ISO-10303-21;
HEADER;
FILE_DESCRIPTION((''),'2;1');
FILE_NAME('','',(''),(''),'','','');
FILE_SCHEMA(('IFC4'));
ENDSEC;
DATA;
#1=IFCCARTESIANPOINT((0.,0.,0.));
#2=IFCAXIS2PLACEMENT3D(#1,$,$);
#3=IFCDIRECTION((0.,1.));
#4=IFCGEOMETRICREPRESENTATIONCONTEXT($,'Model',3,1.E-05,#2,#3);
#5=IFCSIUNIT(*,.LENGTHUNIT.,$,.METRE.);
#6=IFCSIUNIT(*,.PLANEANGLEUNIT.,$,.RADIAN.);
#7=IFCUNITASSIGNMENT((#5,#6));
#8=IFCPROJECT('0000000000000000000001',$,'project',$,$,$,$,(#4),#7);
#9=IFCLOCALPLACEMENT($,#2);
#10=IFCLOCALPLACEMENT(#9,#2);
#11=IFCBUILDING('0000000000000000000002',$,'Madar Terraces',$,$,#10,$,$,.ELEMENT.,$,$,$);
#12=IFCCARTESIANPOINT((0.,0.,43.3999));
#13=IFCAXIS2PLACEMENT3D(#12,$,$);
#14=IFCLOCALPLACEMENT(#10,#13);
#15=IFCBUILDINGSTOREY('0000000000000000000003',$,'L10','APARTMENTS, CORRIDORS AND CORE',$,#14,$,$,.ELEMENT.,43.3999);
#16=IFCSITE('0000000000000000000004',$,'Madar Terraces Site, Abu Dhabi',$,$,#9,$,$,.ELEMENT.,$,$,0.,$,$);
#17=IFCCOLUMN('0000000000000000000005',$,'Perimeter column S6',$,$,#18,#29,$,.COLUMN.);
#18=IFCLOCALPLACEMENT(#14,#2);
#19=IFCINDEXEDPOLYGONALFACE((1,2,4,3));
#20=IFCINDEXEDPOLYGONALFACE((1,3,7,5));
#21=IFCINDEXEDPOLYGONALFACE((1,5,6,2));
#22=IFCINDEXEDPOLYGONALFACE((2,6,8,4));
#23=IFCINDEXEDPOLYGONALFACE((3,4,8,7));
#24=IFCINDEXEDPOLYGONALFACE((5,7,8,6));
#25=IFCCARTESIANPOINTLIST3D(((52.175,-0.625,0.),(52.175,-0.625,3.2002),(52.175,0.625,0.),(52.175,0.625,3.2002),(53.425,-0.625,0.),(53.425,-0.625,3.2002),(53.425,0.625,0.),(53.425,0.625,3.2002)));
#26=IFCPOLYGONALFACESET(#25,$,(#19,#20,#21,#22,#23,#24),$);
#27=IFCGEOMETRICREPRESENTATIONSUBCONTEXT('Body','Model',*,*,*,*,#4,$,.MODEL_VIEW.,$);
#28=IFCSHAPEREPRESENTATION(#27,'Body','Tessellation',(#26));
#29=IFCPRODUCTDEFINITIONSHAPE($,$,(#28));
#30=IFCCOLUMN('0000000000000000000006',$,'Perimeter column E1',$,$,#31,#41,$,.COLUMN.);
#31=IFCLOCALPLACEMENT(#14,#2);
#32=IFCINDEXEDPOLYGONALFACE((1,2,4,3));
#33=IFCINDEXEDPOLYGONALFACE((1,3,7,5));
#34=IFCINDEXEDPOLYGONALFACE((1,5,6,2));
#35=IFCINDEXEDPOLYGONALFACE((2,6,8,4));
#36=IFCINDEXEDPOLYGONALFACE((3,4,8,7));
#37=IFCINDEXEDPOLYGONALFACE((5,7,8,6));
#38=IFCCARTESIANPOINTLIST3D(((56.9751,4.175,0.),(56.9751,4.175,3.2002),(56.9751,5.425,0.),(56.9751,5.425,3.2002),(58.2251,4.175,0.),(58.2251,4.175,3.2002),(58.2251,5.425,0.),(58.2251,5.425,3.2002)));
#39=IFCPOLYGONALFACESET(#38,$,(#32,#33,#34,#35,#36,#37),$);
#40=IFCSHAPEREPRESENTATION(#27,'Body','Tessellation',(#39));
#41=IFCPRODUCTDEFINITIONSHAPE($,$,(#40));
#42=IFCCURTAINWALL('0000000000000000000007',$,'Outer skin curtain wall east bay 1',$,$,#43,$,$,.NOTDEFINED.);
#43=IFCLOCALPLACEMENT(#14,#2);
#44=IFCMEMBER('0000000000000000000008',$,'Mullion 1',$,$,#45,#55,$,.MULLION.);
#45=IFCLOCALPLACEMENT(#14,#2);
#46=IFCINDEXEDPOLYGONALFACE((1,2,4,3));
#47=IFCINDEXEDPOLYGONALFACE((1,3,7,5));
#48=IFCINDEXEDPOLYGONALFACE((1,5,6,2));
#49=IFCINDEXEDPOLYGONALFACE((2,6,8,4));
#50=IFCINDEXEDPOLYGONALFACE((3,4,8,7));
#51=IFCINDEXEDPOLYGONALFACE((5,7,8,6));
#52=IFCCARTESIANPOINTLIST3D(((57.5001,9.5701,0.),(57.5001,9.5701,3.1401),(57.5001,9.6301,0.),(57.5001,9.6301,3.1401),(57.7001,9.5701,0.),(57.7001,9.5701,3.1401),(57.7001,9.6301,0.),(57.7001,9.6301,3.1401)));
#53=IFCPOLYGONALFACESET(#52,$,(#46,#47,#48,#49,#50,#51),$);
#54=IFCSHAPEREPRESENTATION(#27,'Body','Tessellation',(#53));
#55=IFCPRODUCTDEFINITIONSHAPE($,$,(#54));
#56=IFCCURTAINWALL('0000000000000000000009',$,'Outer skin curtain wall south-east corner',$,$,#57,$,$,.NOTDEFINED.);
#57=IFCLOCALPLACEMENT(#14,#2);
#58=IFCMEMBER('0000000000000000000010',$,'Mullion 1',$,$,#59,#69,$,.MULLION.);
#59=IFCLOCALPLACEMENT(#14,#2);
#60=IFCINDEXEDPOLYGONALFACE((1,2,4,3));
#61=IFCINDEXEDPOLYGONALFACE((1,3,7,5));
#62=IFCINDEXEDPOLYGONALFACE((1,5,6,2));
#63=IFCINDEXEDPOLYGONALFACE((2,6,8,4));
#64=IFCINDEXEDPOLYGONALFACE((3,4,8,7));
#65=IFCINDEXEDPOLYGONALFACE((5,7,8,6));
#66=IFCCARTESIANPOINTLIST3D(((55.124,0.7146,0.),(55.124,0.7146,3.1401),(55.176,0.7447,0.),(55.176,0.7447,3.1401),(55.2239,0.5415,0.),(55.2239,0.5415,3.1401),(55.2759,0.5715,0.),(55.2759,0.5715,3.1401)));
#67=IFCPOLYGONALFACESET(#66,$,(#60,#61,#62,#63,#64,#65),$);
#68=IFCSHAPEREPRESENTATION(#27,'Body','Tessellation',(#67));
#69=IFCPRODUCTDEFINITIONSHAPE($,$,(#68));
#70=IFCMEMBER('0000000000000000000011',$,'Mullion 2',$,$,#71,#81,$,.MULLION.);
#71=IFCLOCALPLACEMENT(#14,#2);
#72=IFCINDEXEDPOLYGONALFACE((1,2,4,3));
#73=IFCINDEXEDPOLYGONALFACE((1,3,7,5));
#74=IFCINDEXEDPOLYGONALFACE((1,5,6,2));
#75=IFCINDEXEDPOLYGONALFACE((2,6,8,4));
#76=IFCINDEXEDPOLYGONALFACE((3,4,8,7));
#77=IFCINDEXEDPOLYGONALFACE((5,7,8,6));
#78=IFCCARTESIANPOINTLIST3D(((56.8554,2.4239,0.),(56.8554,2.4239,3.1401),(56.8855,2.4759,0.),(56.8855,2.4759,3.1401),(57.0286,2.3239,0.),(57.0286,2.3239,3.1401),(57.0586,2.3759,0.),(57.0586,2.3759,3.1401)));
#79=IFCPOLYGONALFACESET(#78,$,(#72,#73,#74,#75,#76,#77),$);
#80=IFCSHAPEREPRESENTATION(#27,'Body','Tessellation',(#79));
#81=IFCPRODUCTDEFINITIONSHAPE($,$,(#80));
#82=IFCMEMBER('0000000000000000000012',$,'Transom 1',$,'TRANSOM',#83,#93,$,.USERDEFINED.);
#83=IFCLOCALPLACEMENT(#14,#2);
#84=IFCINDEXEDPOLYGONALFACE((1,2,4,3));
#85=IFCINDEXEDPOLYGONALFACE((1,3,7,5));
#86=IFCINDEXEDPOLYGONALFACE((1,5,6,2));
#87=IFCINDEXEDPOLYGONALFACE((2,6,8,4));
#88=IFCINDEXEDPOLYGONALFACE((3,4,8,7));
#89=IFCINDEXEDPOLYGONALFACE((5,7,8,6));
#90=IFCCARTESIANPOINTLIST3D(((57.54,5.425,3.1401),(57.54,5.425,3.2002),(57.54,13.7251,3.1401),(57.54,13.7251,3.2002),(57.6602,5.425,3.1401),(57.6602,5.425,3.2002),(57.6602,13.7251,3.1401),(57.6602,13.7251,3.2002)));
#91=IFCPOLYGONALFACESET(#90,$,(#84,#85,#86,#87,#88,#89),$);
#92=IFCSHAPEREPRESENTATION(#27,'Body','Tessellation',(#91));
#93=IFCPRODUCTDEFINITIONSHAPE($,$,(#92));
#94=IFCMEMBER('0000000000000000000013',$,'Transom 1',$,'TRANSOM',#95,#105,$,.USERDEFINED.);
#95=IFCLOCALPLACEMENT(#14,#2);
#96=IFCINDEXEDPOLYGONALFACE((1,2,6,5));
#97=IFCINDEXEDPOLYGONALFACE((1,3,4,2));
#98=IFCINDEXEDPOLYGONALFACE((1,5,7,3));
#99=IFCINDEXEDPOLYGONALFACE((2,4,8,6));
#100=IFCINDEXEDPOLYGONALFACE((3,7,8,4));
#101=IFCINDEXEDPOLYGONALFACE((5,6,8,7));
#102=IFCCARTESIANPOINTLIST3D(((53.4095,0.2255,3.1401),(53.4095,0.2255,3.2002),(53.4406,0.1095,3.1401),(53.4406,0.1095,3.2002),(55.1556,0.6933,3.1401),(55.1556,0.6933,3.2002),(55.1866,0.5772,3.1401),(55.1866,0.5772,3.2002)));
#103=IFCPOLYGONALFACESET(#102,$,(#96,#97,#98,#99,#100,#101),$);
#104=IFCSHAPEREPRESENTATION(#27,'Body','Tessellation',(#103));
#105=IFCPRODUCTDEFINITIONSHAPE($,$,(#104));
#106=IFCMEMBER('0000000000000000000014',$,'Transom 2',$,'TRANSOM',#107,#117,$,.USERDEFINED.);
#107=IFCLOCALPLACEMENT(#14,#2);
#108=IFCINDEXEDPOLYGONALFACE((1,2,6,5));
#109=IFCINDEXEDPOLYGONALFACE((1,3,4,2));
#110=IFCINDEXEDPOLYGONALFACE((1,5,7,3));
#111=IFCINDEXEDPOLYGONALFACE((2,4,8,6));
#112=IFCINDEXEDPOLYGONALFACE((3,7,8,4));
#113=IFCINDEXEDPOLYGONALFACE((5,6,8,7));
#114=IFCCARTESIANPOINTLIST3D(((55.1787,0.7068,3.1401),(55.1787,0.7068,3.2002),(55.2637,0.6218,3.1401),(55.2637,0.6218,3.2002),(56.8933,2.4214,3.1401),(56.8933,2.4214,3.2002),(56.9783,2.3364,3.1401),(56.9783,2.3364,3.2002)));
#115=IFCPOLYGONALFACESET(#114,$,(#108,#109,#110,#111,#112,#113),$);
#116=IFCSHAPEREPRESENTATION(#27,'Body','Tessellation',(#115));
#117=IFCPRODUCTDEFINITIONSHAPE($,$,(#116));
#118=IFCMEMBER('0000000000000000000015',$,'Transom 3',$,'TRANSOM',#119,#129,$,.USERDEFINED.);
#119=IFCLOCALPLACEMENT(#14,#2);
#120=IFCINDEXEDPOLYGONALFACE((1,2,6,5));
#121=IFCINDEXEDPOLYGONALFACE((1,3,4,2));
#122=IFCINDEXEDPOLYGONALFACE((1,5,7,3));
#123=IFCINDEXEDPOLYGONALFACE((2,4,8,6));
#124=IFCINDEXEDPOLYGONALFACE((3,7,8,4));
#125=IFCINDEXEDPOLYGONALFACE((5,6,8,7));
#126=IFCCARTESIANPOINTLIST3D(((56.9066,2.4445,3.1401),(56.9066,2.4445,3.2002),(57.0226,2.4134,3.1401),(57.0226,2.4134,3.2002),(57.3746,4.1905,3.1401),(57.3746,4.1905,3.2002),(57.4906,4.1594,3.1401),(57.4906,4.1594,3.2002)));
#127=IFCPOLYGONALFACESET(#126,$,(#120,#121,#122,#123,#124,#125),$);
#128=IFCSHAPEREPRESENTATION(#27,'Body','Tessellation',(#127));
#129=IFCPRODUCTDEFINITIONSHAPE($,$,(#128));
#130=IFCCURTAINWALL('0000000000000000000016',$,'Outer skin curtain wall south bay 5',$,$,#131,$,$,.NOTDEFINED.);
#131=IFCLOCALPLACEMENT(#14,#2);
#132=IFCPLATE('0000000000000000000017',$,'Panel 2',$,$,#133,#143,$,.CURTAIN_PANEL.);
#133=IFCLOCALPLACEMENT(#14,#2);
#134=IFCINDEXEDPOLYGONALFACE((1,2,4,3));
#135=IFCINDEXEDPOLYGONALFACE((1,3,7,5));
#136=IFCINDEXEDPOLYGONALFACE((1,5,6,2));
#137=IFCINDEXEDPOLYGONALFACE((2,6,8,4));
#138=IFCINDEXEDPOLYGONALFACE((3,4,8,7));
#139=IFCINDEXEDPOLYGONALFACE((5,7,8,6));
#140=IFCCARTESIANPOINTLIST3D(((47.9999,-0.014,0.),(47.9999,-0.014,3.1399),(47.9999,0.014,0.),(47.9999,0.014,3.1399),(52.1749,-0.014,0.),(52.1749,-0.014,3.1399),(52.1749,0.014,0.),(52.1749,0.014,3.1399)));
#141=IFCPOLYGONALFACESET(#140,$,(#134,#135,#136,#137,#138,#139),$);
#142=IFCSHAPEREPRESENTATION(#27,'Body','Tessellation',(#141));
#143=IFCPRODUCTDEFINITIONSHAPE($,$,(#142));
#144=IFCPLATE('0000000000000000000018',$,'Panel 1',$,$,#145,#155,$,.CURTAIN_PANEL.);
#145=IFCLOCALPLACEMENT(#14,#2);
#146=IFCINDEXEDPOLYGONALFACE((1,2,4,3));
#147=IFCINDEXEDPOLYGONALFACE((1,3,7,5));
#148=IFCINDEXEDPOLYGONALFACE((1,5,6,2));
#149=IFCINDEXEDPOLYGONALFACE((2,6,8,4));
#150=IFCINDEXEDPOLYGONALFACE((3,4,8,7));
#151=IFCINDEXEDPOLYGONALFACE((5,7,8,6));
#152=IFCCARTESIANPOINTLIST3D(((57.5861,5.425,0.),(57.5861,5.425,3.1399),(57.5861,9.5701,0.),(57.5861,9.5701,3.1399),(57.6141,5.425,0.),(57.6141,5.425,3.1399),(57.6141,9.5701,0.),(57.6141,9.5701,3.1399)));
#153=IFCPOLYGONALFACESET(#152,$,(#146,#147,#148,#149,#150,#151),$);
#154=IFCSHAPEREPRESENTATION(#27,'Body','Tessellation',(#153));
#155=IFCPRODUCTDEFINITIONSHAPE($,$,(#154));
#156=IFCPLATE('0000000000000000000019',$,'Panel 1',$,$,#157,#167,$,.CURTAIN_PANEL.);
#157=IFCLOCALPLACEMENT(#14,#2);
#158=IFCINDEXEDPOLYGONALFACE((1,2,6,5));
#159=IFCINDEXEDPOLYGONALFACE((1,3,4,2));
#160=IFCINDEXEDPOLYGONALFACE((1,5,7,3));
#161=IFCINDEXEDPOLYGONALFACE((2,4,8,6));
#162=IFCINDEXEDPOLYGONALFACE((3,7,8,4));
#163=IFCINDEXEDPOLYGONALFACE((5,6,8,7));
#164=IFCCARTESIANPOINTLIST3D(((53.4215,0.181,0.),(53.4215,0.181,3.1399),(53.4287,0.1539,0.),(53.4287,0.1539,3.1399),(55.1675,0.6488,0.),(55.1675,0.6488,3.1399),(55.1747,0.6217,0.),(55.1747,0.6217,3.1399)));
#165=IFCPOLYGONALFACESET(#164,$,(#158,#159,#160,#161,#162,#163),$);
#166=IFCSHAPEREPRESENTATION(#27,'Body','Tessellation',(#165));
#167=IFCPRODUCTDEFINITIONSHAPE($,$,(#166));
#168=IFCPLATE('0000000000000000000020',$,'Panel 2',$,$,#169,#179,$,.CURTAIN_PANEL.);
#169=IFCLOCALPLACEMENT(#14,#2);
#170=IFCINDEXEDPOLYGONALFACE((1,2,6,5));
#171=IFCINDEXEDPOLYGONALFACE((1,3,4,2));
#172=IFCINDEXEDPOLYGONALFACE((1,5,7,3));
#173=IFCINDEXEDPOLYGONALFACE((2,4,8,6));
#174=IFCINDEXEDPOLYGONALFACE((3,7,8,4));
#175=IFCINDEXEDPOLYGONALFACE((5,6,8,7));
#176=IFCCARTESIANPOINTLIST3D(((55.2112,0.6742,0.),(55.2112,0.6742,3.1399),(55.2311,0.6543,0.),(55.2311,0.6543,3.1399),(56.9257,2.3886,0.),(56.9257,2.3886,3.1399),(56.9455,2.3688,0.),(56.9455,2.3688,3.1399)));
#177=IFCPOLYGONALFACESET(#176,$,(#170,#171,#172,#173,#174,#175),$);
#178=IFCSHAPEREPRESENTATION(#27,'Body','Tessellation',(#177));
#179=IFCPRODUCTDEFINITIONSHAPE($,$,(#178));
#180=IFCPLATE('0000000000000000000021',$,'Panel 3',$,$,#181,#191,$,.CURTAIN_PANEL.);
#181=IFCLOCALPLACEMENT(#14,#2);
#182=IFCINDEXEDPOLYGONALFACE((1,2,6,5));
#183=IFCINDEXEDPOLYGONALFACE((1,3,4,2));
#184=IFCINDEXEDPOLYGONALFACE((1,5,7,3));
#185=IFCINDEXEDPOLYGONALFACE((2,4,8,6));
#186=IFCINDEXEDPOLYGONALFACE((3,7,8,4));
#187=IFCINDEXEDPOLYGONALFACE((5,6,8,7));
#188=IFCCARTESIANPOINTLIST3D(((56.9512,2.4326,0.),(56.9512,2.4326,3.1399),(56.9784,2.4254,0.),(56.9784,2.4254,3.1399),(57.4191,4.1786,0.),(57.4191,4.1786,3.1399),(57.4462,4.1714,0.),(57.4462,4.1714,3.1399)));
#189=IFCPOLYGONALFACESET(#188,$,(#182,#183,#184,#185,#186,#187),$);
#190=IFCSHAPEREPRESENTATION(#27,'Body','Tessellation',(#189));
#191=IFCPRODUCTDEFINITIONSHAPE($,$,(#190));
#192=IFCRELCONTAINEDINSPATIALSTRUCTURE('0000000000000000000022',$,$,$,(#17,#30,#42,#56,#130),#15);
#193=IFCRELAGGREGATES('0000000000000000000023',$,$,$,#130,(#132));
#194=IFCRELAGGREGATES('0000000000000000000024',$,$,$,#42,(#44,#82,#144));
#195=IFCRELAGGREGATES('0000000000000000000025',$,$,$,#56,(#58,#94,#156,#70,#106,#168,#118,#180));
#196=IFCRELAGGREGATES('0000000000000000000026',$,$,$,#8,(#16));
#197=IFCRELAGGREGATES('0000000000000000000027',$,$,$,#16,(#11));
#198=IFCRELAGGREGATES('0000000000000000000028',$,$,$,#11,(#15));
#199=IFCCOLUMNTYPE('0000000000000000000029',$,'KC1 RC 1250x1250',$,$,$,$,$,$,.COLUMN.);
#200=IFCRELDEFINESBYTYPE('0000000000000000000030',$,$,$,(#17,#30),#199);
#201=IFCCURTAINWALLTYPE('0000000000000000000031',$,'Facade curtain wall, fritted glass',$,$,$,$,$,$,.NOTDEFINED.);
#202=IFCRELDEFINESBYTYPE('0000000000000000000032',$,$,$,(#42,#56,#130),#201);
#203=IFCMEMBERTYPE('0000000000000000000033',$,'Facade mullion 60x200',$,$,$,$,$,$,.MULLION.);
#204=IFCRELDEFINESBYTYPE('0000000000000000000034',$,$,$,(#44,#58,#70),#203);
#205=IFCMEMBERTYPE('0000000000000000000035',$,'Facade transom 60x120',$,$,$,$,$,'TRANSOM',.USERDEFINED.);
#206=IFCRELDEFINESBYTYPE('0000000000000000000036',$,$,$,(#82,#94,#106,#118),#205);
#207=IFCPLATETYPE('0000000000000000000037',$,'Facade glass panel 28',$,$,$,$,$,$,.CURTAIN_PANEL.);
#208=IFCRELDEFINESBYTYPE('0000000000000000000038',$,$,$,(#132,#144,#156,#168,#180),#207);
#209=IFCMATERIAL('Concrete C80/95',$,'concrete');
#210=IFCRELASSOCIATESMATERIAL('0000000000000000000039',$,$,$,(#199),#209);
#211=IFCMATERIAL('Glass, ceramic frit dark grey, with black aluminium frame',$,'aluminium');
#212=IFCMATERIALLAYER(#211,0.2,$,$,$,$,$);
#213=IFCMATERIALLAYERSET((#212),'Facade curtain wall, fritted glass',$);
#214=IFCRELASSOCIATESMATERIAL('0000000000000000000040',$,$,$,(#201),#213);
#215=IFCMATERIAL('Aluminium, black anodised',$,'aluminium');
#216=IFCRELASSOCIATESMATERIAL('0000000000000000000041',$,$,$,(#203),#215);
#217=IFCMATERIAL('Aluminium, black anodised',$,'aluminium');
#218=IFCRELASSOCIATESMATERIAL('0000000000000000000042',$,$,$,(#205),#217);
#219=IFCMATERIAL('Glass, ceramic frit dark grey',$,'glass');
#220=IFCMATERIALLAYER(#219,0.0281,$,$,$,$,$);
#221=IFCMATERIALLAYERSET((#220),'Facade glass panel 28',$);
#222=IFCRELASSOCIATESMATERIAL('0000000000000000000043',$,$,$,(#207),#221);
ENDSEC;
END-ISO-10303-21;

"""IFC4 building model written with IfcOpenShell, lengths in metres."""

from ifc_helpers import new_model, si_unit, direction, frame, origin, origin_2d, place, context, subcontext, project, spatial, rectangle, extrude, material, layer, layer_set, material_profile, profile_set, type_object, element, aggregate, save


model = new_model("IFC4")

# Units and contexts
model_context = context("Model", 3, precision=1e-05, world=origin(), true_north=direction((0.0, 1.0)))
body_context = subcontext(model_context, "Body", "Model", "MODEL_VIEW")
ifc_project = project(units=[si_unit("LENGTHUNIT", "METRE"), si_unit("PLANEANGLEUNIT", "RADIAN")], contexts=[model_context])

# Site, building, storey
site_placement = place(None, origin())
site = spatial("IfcSite", under=ifc_project, at=site_placement, Name="Madar Terraces Site, Abu Dhabi", CompositionType="ELEMENT", RefElevation=0.0)
building_placement = place(site_placement, origin())
building = spatial("IfcBuilding", under=site, at=building_placement, Name="Madar Terraces", CompositionType="ELEMENT")
storey_placement = place(building_placement, frame((0.0, 0.0, 43.3999)))
storey = spatial("IfcBuildingStorey", under=building, at=storey_placement, Name="L10", Description="APARTMENTS, CORRIDORS AND CORE", CompositionType="ELEMENT", Elevation=43.3999)

# Columns
ifc_material_1 = material(Name="Concrete C80/95", Category="concrete")
ifc_material_profile_1 = material_profile(ifc_material_1, rectangle(XDim=1.25, YDim=1.25, at=origin_2d()), Name="KC1 RC 1250x1250")
ifc_profile_set_1 = profile_set([ifc_material_profile_1], Name="Concrete C80/95")
column_type = type_object("IfcColumnType", Name="KC1 RC 1250x1250", PredefinedType="COLUMN", material=ifc_profile_set_1)
for number, where, z_axis, x_axis, name in (
    (1, (52.8, 0.0, 0.0), (0.0, 0.0, 1.0), (1.0, 0.0, 0.0), "Perimeter column S6"),
    (2, (57.6001, 4.8, 0.0), (0.0, 0.0, 1.0), (1.0, 0.0, 0.0), "Perimeter column E1"),
):
    element("IfcColumn", number, at=place(storey_placement, frame(where, z_axis=z_axis, x_axis=x_axis)), inside=storey, type_object=column_type, Name=name, PredefinedType="COLUMN", context=body_context, shape_type="SweptSolid", body=[
        extrude(rectangle(XDim=1.25, YDim=1.25, at=origin_2d()), origin(), (0.0, 0.0, 1.0), 3.2002),
    ])

# Curtain wall, member
ifc_material_2 = material(Name="Glass, ceramic frit dark grey, with black aluminium frame", Category="aluminium")
ifc_layer_1 = layer(ifc_material_2, 0.2)
ifc_layer_set_1 = layer_set([ifc_layer_1], Name="Facade curtain wall, fritted glass")
curtain_wall_type = type_object("IfcCurtainWallType", Name="Facade curtain wall, fritted glass", PredefinedType="NOTDEFINED", material=ifc_layer_set_1)
curtain_wall_1_placement = place(storey_placement, origin())
curtain_wall_1 = element("IfcCurtainWall", 3, at=curtain_wall_1_placement, inside=storey, type_object=curtain_wall_type, Name="Outer skin curtain wall east bay 1", PredefinedType="NOTDEFINED")
ifc_material_3 = material(Name="Aluminium, black anodised", Category="aluminium")
ifc_material_profile_2 = material_profile(ifc_material_3, rectangle(XDim=0.2, YDim=0.0601, at=origin_2d()), Name="Facade mullion 60x200")
ifc_profile_set_2 = profile_set([ifc_material_profile_2], Name="Aluminium, black anodised")
member_type_1 = type_object("IfcMemberType", Name="Facade mullion 60x200", PredefinedType="MULLION", material=ifc_profile_set_2)
member_1_placement = place(storey_placement, frame((57.6001, 9.6001, 0.0), z_axis=(0.0, 0.0, 1.0), x_axis=(-1.0, 0.0, 0.0)))
member_1 = element("IfcMember", 4, at=member_1_placement, type_object=member_type_1, Name="Mullion 1", PredefinedType="MULLION", context=body_context, shape_type="SweptSolid", body=[
    extrude(rectangle(XDim=0.2, YDim=0.0601, at=origin_2d()), origin(), (0.0, 0.0, 1.0), 3.1401),
])

# Curtain wall, members
curtain_wall_2_placement = place(storey_placement, origin())
curtain_wall_2 = element("IfcCurtainWall", 5, at=curtain_wall_2_placement, inside=storey, type_object=curtain_wall_type, Name="Outer skin curtain wall south-east corner", PredefinedType="NOTDEFINED")
member_2_placement = place(storey_placement, frame((55.2, 0.6431, 0.0), z_axis=(0.0, 0.0, 1.0), x_axis=(-0.5, 0.866025, 0.0)))
member_2 = element("IfcMember", 6, at=member_2_placement, type_object=member_type_1, Name="Mullion 1", PredefinedType="MULLION", context=body_context, shape_type="SweptSolid", body=[
    extrude(rectangle(XDim=0.2, YDim=0.0601, at=origin_2d()), origin(), (0.0, 0.0, 1.0), 3.1401),
])
member_3_placement = place(storey_placement, frame((56.957, 2.3999, 0.0), z_axis=(0.0, 0.0, 1.0), x_axis=(-0.866025, 0.5, 0.0)))
member_3 = element("IfcMember", 7, at=member_3_placement, type_object=member_type_1, Name="Mullion 2", PredefinedType="MULLION", context=body_context, shape_type="SweptSolid", body=[
    extrude(rectangle(XDim=0.2, YDim=0.0601, at=origin_2d()), origin(), (0.0, 0.0, 1.0), 3.1401),
])

# Members
ifc_material_4 = material(Name="Aluminium, black anodised", Category="aluminium")
ifc_material_profile_3 = material_profile(ifc_material_4, rectangle(XDim=0.1201, YDim=0.0601, at=origin_2d()), Name="Facade transom 60x120")
ifc_profile_set_3 = profile_set([ifc_material_profile_3], Name="Aluminium, black anodised")
member_type_2 = type_object("IfcMemberType", Name="Facade transom 60x120", ElementType="TRANSOM", PredefinedType="USERDEFINED", material=ifc_profile_set_3)
member_4_placement = place(storey_placement, frame((57.6001, 5.425, 3.1702), z_axis=(0.0, 1.0, 0.0), x_axis=(-1.0, 0.0, 0.0)))
member_4 = element("IfcMember", 8, at=member_4_placement, type_object=member_type_2, Name="Transom 1", ObjectType="TRANSOM", PredefinedType="USERDEFINED", context=body_context, shape_type="SweptSolid", body=[
    extrude(rectangle(XDim=0.1201, YDim=0.0601, at=origin_2d()), origin(), (0.0, 0.0, 1.0), 8.3),
])
member_5_placement = place(storey_placement, frame((53.425, 0.1675, 3.1702), z_axis=(0.965938, 0.258772, 0.0), x_axis=(-0.258772, 0.965938, 0.0)))
member_5 = element("IfcMember", 9, at=member_5_placement, type_object=member_type_2, Name="Transom 1", ObjectType="TRANSOM", PredefinedType="USERDEFINED", context=body_context, shape_type="SweptSolid", body=[
    extrude(rectangle(XDim=0.1201, YDim=0.0601, at=origin_2d()), origin(), (0.0, 0.0, 1.0), 1.8076),
])
member_6_placement = place(storey_placement, frame((55.2212, 0.6643, 3.1702), z_axis=(0.707107, 0.707107, 0.0), x_axis=(-0.707107, 0.707107, 0.0)))
member_6 = element("IfcMember", 10, at=member_6_placement, type_object=member_type_2, Name="Transom 2", ObjectType="TRANSOM", PredefinedType="USERDEFINED", context=body_context, shape_type="SweptSolid", body=[
    extrude(rectangle(XDim=0.1201, YDim=0.0601, at=origin_2d()), origin(), (0.0, 0.0, 1.0), 2.4248),
])
member_7_placement = place(storey_placement, frame((56.9646, 2.429, 3.1702), z_axis=(0.258898, 0.965905, 0.0), x_axis=(-0.965905, 0.258898, 0.0)))
member_7 = element("IfcMember", 11, at=member_7_placement, type_object=member_type_2, Name="Transom 3", ObjectType="TRANSOM", PredefinedType="USERDEFINED", context=body_context, shape_type="SweptSolid", body=[
    extrude(rectangle(XDim=0.1201, YDim=0.0601, at=origin_2d()), origin(), (0.0, 0.0, 1.0), 1.8076),
])

# Curtain wall, plate
curtain_wall_3_placement = place(storey_placement, origin())
curtain_wall_3 = element("IfcCurtainWall", 12, at=curtain_wall_3_placement, inside=storey, type_object=curtain_wall_type, Name="Outer skin curtain wall south bay 5", PredefinedType="NOTDEFINED")
ifc_material_5 = material(Name="Glass, ceramic frit dark grey", Category="glass")
ifc_layer_2 = layer(ifc_material_5, 0.0281)
ifc_layer_set_2 = layer_set([ifc_layer_2], Name="Facade glass panel 28")
plate_type = type_object("IfcPlateType", Name="Facade glass panel 28", PredefinedType="CURTAIN_PANEL", material=ifc_layer_set_2)
plate_1_placement = place(storey_placement, frame((50.0874, 0.0, 0.0), z_axis=(0.0, 0.0, 1.0), x_axis=(1.0, 0.0, 0.0)))
plate_1 = element("IfcPlate", 13, at=plate_1_placement, type_object=plate_type, Name="Panel 2", PredefinedType="CURTAIN_PANEL", context=body_context, shape_type="SweptSolid", body=[
    extrude(rectangle(XDim=4.175, YDim=0.0281, at=origin_2d()), origin(), (0.0, 0.0, 1.0), 3.1399),
])
aggregate(curtain_wall_3, [plate_1])

# Plates
plate_2_placement = place(storey_placement, frame((57.6001, 7.4976, 0.0), z_axis=(0.0, 0.0, 1.0), x_axis=(0.0, 1.0, 0.0)))
plate_2 = element("IfcPlate", 14, at=plate_2_placement, type_object=plate_type, Name="Panel 1", PredefinedType="CURTAIN_PANEL", context=body_context, shape_type="SweptSolid", body=[
    extrude(rectangle(XDim=4.145, YDim=0.0281, at=origin_2d()), origin(), (0.0, 0.0, 1.0), 3.1399),
])
aggregate(curtain_wall_1, [member_1, member_4, plate_2])
plate_3_placement = place(storey_placement, frame((54.2981, 0.4014, 0.0), z_axis=(0.0, 0.0, 1.0), x_axis=(0.965926, 0.258819, 0.0)))
plate_3 = element("IfcPlate", 15, at=plate_3_placement, type_object=plate_type, Name="Panel 1", PredefinedType="CURTAIN_PANEL", context=body_context, shape_type="SweptSolid", body=[
    extrude(rectangle(XDim=1.8076, YDim=0.0281, at=origin_2d()), origin(), (0.0, 0.0, 1.0), 3.1399),
])
plate_4_placement = place(storey_placement, frame((56.0784, 1.5215, 0.0), z_axis=(0.0, 0.0, 1.0), x_axis=(0.707107, 0.707107, 0.0)))
plate_4 = element("IfcPlate", 16, at=plate_4_placement, type_object=plate_type, Name="Panel 2", PredefinedType="CURTAIN_PANEL", context=body_context, shape_type="SweptSolid", body=[
    extrude(rectangle(XDim=2.4246, YDim=0.0281, at=origin_2d()), origin(), (0.0, 0.0, 1.0), 3.1399),
])
plate_5_placement = place(storey_placement, frame((57.1987, 3.302, 0.0), z_axis=(0.0, 0.0, 1.0), x_axis=(0.258819, 0.965926, 0.0)))
plate_5 = element("IfcPlate", 17, at=plate_5_placement, type_object=plate_type, Name="Panel 3", PredefinedType="CURTAIN_PANEL", context=body_context, shape_type="SweptSolid", body=[
    extrude(rectangle(XDim=1.8076, YDim=0.0281, at=origin_2d()), origin(), (0.0, 0.0, 1.0), 3.1399),
])
aggregate(curtain_wall_2, [member_2, member_5, plate_3, member_3, member_6, plate_4, member_7, plate_5])

save(model, "model.ifc")
